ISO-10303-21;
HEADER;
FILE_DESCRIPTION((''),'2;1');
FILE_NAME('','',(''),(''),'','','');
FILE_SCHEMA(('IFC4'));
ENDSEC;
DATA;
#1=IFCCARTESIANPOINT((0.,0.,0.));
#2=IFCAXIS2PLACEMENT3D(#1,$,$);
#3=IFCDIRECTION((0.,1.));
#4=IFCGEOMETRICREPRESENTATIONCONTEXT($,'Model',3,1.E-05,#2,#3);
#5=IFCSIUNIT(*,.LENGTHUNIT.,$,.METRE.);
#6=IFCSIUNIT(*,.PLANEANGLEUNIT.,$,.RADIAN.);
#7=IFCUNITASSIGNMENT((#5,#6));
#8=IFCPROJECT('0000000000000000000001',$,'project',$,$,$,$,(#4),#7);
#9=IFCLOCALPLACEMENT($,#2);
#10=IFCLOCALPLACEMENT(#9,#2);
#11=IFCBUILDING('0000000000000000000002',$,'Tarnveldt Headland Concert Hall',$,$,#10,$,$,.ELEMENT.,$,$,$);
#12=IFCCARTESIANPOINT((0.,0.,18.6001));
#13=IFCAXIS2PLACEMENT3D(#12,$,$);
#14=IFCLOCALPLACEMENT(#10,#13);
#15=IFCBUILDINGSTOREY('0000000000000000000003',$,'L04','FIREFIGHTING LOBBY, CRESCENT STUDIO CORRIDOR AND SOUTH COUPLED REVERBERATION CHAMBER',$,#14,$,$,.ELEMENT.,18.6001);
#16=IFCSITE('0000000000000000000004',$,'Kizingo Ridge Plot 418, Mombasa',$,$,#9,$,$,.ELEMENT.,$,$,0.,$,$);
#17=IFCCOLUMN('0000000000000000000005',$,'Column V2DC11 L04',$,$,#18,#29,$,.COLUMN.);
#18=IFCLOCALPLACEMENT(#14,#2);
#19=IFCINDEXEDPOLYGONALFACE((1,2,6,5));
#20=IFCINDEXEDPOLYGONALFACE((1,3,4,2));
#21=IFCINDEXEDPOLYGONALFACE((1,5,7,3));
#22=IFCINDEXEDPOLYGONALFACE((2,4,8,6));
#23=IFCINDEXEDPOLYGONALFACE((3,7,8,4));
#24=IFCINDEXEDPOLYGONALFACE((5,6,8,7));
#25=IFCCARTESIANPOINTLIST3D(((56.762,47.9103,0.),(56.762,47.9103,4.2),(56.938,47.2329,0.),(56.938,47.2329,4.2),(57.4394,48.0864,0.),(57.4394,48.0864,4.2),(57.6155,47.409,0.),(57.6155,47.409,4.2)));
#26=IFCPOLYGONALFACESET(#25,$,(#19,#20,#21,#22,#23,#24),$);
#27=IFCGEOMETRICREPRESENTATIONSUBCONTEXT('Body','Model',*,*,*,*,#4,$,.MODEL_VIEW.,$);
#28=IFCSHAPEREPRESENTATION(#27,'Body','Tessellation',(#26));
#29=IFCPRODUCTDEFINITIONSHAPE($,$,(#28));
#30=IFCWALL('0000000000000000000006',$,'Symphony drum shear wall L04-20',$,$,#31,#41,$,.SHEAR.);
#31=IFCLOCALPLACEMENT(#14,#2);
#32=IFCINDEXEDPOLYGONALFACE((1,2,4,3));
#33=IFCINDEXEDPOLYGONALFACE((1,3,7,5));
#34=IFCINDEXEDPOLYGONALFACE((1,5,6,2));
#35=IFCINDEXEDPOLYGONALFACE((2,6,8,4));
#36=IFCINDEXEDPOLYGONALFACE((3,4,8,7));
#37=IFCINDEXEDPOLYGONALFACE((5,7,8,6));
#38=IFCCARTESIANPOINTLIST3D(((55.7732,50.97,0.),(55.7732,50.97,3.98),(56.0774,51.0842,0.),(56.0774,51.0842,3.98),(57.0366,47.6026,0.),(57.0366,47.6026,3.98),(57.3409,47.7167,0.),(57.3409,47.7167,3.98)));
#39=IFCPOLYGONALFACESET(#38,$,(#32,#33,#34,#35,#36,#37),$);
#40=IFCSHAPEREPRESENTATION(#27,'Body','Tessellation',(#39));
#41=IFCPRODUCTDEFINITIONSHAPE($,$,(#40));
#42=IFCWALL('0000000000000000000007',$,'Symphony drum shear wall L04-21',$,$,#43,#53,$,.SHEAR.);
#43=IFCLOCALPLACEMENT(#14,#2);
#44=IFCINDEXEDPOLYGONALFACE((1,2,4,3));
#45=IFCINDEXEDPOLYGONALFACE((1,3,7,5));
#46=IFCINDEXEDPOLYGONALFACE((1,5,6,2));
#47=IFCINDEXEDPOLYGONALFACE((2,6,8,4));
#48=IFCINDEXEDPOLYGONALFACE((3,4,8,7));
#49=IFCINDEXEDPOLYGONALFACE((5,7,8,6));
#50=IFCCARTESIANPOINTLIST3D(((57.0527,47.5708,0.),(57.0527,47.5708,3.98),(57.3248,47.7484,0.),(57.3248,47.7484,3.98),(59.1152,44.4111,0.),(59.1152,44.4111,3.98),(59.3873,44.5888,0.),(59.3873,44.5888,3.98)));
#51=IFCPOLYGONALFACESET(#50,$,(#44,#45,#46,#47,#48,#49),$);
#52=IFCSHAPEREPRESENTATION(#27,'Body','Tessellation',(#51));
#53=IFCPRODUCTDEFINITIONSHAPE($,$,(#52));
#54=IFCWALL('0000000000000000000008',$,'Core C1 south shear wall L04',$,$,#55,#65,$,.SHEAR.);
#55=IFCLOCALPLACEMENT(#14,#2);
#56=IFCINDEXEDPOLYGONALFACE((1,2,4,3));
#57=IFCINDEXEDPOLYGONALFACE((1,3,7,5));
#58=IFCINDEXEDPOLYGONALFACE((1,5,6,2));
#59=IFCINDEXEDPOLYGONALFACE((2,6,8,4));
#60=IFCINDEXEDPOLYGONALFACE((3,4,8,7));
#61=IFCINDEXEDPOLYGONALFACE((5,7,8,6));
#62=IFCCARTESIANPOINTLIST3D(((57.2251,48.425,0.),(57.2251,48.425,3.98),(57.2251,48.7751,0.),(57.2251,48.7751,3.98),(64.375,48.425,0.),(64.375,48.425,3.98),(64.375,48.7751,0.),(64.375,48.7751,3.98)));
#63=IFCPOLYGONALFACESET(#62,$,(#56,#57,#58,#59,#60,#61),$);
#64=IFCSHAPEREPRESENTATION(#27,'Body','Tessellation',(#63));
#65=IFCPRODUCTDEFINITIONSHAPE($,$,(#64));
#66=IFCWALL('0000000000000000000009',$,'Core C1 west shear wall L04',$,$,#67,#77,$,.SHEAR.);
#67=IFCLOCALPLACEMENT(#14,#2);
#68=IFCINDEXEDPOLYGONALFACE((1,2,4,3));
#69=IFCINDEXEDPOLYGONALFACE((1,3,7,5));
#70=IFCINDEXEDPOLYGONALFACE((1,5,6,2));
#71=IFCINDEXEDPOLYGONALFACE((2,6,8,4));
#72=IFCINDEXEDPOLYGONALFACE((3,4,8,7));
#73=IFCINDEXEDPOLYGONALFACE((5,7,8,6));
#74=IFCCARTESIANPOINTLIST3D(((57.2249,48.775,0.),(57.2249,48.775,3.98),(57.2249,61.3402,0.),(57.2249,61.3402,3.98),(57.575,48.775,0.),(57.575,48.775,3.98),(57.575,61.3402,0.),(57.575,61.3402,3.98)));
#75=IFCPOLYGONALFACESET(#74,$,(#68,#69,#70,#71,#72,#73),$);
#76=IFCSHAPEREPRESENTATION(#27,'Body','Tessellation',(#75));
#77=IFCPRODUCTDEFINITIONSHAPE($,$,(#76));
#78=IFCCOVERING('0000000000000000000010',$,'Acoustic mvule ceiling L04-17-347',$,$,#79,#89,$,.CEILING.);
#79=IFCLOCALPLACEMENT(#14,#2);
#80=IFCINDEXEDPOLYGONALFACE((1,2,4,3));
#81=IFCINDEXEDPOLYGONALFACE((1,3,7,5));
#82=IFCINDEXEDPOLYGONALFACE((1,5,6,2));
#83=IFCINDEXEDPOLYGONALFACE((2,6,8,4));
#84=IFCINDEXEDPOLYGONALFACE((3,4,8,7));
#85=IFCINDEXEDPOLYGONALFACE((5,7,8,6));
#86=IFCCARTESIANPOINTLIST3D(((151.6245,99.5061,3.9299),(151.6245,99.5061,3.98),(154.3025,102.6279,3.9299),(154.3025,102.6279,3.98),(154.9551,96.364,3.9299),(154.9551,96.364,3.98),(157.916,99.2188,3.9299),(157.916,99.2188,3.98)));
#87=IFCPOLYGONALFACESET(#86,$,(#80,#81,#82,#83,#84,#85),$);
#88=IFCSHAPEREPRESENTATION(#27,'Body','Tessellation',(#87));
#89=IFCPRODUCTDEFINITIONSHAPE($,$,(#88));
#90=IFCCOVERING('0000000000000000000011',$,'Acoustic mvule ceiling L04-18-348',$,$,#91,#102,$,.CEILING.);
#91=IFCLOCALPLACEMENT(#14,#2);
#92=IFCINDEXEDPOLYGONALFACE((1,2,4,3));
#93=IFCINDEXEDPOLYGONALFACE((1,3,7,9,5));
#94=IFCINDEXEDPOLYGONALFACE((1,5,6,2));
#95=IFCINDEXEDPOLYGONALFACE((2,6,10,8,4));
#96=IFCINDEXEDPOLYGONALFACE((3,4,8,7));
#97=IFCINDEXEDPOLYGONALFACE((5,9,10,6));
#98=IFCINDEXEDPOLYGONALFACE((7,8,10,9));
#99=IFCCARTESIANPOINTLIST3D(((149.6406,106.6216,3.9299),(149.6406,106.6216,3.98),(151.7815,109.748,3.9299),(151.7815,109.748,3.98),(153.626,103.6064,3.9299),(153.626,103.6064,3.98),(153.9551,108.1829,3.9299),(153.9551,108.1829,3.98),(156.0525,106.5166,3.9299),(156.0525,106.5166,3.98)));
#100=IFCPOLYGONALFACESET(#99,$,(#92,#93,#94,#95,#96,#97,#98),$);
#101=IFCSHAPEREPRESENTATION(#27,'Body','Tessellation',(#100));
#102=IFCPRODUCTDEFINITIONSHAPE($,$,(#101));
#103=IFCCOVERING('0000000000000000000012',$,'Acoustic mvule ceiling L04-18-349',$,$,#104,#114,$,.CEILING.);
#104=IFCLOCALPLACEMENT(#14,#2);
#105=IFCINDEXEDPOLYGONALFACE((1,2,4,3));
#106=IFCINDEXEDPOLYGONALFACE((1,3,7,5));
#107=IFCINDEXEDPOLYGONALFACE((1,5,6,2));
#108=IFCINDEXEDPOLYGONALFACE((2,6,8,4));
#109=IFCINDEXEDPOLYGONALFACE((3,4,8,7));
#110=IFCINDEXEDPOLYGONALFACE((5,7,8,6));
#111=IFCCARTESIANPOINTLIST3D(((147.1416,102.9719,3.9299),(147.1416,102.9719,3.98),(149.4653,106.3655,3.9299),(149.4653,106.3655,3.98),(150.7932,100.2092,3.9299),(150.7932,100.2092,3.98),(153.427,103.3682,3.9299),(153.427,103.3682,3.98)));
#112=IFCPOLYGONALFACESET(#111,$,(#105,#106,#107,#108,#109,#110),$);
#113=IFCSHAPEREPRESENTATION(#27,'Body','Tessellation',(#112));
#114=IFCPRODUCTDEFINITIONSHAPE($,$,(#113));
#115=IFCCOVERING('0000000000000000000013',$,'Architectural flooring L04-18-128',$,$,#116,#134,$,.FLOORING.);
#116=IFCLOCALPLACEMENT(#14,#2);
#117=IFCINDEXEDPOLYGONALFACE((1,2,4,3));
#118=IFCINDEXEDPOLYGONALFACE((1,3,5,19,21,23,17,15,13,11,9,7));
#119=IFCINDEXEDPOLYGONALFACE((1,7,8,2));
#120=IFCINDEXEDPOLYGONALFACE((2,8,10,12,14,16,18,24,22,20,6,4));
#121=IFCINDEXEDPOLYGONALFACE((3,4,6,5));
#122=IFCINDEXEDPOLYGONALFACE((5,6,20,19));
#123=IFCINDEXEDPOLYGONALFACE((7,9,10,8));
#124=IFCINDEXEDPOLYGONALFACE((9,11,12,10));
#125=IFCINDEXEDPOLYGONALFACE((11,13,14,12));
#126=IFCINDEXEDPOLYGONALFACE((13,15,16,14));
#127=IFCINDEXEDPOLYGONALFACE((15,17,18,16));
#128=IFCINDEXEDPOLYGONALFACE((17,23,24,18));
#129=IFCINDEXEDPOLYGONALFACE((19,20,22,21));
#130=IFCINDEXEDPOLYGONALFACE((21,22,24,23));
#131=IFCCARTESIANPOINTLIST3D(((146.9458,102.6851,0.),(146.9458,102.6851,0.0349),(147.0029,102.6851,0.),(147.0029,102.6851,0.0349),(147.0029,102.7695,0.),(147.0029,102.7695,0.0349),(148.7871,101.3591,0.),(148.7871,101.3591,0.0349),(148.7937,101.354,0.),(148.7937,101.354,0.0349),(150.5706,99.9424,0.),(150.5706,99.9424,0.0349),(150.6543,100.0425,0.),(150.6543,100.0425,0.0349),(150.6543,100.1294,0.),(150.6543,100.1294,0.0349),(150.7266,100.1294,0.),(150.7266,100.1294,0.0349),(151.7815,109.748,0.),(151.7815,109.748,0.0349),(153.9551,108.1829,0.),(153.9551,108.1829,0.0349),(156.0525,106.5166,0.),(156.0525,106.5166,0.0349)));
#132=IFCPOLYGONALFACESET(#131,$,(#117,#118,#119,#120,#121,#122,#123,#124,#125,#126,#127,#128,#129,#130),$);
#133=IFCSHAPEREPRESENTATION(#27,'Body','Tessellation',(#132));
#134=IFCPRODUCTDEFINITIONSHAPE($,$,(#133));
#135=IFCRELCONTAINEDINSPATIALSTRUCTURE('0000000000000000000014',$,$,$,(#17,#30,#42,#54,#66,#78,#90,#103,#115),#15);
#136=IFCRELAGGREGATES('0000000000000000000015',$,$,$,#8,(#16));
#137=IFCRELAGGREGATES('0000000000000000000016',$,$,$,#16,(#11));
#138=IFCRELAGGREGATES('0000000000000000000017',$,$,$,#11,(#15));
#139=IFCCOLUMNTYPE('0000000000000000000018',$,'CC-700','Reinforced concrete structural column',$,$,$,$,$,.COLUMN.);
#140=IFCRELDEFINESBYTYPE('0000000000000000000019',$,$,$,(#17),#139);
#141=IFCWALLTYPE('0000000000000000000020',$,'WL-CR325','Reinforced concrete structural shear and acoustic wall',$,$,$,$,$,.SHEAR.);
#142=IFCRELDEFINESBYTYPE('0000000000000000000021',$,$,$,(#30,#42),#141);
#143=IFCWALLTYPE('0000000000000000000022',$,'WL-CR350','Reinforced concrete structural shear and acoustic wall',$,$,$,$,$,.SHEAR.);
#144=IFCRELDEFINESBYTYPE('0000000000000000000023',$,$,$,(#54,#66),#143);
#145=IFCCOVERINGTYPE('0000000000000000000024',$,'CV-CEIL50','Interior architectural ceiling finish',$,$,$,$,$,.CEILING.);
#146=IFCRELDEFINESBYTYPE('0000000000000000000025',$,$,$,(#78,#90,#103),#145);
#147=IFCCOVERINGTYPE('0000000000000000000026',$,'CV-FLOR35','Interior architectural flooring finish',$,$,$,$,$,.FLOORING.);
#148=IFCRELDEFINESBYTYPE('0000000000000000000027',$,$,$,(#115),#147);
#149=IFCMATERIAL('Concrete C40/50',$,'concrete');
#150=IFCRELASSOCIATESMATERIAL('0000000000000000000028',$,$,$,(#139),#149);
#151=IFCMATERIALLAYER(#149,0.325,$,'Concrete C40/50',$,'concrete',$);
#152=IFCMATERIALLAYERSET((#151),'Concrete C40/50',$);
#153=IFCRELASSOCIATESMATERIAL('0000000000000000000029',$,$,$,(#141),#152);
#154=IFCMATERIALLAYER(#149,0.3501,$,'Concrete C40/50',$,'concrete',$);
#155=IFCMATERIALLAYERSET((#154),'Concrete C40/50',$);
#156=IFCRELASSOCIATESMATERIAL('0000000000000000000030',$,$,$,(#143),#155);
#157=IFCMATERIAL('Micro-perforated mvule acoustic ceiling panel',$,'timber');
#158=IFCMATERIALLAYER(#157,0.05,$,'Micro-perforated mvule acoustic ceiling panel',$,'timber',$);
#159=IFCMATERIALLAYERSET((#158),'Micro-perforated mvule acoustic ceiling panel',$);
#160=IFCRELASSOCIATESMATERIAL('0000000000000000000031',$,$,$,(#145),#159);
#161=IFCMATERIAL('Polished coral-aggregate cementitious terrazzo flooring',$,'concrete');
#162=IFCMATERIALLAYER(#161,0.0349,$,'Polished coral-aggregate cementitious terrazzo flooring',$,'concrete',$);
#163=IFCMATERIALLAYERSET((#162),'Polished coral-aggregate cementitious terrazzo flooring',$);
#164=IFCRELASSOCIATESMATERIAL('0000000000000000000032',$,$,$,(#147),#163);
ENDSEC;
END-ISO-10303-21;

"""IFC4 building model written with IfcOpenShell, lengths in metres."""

from ifc_helpers import new_model, si_unit, direction, frame, frame_2d, origin, origin_2d, place, context, subcontext, project, spatial, polyline, rectangle, outline, extrude, material, layer, layer_set, material_profile, profile_set, type_object, element, save


model = new_model("IFC4")

# Units and contexts
model_context = context("Model", 3, precision=1e-05, world=origin(), true_north=direction((0.0, 1.0)))
body_context = subcontext(model_context, "Body", "Model", "MODEL_VIEW")
ifc_project = project(units=[si_unit("LENGTHUNIT", "METRE"), si_unit("PLANEANGLEUNIT", "RADIAN")], contexts=[model_context])

# Site, building, storey
site_placement = place(None, origin())
site = spatial("IfcSite", under=ifc_project, at=site_placement, Name="Kizingo Ridge Plot 418, Mombasa", CompositionType="ELEMENT", RefElevation=0.0)
building_placement = place(site_placement, origin())
building = spatial("IfcBuilding", under=site, at=building_placement, Name="Tarnveldt Headland Concert Hall", CompositionType="ELEMENT")
storey_placement = place(building_placement, frame((0.0, 0.0, 18.6001)))
storey = spatial("IfcBuildingStorey", under=building, at=storey_placement, Name="L04", Description="FIREFIGHTING LOBBY, CRESCENT STUDIO CORRIDOR AND SOUTH COUPLED REVERBERATION CHAMBER", CompositionType="ELEMENT", Elevation=18.6001)

# Column
ifc_material_1 = material(Name="Concrete C40/50", Category="concrete")
ifc_material_profile = material_profile(ifc_material_1, rectangle(XDim=0.7, YDim=0.7, at=origin_2d()), Name="RC 700x700", Category="concrete")
ifc_profile_set = profile_set([ifc_material_profile], Name="Concrete C40/50")
column_type = type_object("IfcColumnType", Name="CC-700", Description="Reinforced concrete structural column", PredefinedType="COLUMN", material=ifc_profile_set)
column_placement = place(storey_placement, frame((57.1887, 47.6597, 0.0), z_axis=(0.0, 0.0, 1.0), x_axis=(-0.967841, -0.251563, 0.0)))
element("IfcColumn", 1, at=column_placement, inside=storey, type_object=column_type, Name="Column V2DC11 L04", PredefinedType="COLUMN", context=body_context, shape_type="SweptSolid", body=[
    extrude(rectangle(XDim=0.7, YDim=0.7, at=origin_2d()), origin(), (0.0, 0.0, 1.0), 4.2),
])

# Walls
ifc_layer_1 = layer(ifc_material_1, 0.325, Name="Concrete C40/50", Category="concrete")
ifc_layer_set_1 = layer_set([ifc_layer_1], Name="Concrete C40/50")
wall_type_1 = type_object("IfcWallType", Name="WL-CR325", Description="Reinforced concrete structural shear and acoustic wall", PredefinedType="SHEAR", material=ifc_layer_set_1)
wall_1_placement = place(storey_placement, frame((55.9253, 51.0271, 0.0), z_axis=(0.0, 0.0, 1.0), x_axis=(0.35128, -0.936271, 0.0)))
element("IfcWall", 2, at=wall_1_placement, inside=storey, type_object=wall_type_1, Name="Symphony drum shear wall L04-20", PredefinedType="SHEAR", context=body_context, shape_type="SweptSolid", body=[
    extrude(rectangle(XDim=3.5967, YDim=0.325, at=frame_2d((1.7983, 0.0))), origin(), (0.0, 0.0, 1.0), 3.98),
])
wall_2_placement = place(storey_placement, frame((57.1887, 47.6597, 0.0), z_axis=(0.0, 0.0, 1.0), x_axis=(0.546611, -0.837387, 0.0)))
element("IfcWall", 3, at=wall_2_placement, inside=storey, type_object=wall_type_1, Name="Symphony drum shear wall L04-21", PredefinedType="SHEAR", context=body_context, shape_type="SweptSolid", body=[
    extrude(rectangle(XDim=3.7732, YDim=0.325, at=frame_2d((1.8867, 0.0))), origin(), (0.0, 0.0, 1.0), 3.98),
])
ifc_layer_2 = layer(ifc_material_1, 0.3501, Name="Concrete C40/50", Category="concrete")
ifc_layer_set_2 = layer_set([ifc_layer_2], Name="Concrete C40/50")
wall_type_2 = type_object("IfcWallType", Name="WL-CR350", Description="Reinforced concrete structural shear and acoustic wall", PredefinedType="SHEAR", material=ifc_layer_set_2)
wall_3_placement = place(storey_placement, frame((57.2251, 48.6001, 0.0), z_axis=(0.0, 0.0, 1.0), x_axis=(1.0, 0.0, 0.0)))
element("IfcWall", 4, at=wall_3_placement, inside=storey, type_object=wall_type_2, Name="Core C1 south shear wall L04", PredefinedType="SHEAR", context=body_context, shape_type="SweptSolid", body=[
    extrude(rectangle(XDim=7.1499, YDim=0.3501, at=frame_2d((3.575, 0.0))), origin(), (0.0, 0.0, 1.0), 3.98),
])
wall_4_placement = place(storey_placement, frame((57.3999, 48.7749, 0.0), z_axis=(0.0, 0.0, 1.0), x_axis=(0.0, 1.0, 0.0)))
element("IfcWall", 5, at=wall_4_placement, inside=storey, type_object=wall_type_2, Name="Core C1 west shear wall L04", PredefinedType="SHEAR", context=body_context, shape_type="SweptSolid", body=[
    extrude(rectangle(XDim=12.5652, YDim=0.3501, at=frame_2d((6.2827, 0.0))), origin(), (0.0, 0.0, 1.0), 3.98),
])

# Coverings
ifc_material_2 = material(Name="Micro-perforated mvule acoustic ceiling panel", Category="timber")
ifc_layer_3 = layer(ifc_material_2, 0.05, Name="Micro-perforated mvule acoustic ceiling panel", Category="timber")
ifc_layer_set_3 = layer_set([ifc_layer_3], Name="Micro-perforated mvule acoustic ceiling panel")
covering_type_1 = type_object("IfcCoveringType", Name="CV-CEIL50", Description="Interior architectural ceiling finish", PredefinedType="CEILING", material=ifc_layer_set_3)
covering_1_placement = place(storey_placement, frame((0.0, 0.0, 3.9299)))
element("IfcCovering", 6, at=covering_1_placement, inside=storey, type_object=covering_type_1, Name="Acoustic mvule ceiling L04-17-347", PredefinedType="CEILING", context=body_context, shape_type="SweptSolid", body=[
    extrude(outline(polyline([(151.6245, 99.5061), (154.3025, 102.6279), (157.916, 99.2188), (154.9551, 96.364), (151.6245, 99.5061)])), origin(), (0.0, 0.0, 1.0), 0.05),
])
covering_2_placement = place(storey_placement, frame((0.0, 0.0, 3.9299)))
element("IfcCovering", 7, at=covering_2_placement, inside=storey, type_object=covering_type_1, Name="Acoustic mvule ceiling L04-18-348", PredefinedType="CEILING", context=body_context, shape_type="SweptSolid", body=[
    extrude(outline(polyline([(156.0525, 106.5166), (153.626, 103.6064), (149.6406, 106.6216), (151.7815, 109.748), (153.9551, 108.1829), (156.0525, 106.5166)])), origin(), (0.0, 0.0, 1.0), 0.05),
])
covering_3_placement = place(storey_placement, frame((0.0, 0.0, 3.9299)))
element("IfcCovering", 8, at=covering_3_placement, inside=storey, type_object=covering_type_1, Name="Acoustic mvule ceiling L04-18-349", PredefinedType="CEILING", context=body_context, shape_type="SweptSolid", body=[
    extrude(outline(polyline([(147.1416, 102.9719), (149.4653, 106.3655), (153.427, 103.3682), (150.7932, 100.2092), (147.1416, 102.9719)])), origin(), (0.0, 0.0, 1.0), 0.05),
])
ifc_material_3 = material(Name="Polished coral-aggregate cementitious terrazzo flooring", Category="concrete")
ifc_layer_4 = layer(ifc_material_3, 0.0349, Name="Polished coral-aggregate cementitious terrazzo flooring", Category="concrete")
ifc_layer_set_4 = layer_set([ifc_layer_4], Name="Polished coral-aggregate cementitious terrazzo flooring")
covering_type_2 = type_object("IfcCoveringType", Name="CV-FLOR35", Description="Interior architectural flooring finish", PredefinedType="FLOORING", material=ifc_layer_set_4)
covering_4_placement = place(storey_placement, origin())
element("IfcCovering", 9, at=covering_4_placement, inside=storey, type_object=covering_type_2, Name="Architectural flooring L04-18-128", PredefinedType="FLOORING", context=body_context, shape_type="SweptSolid", body=[
    extrude(outline(polyline([(150.6543, 100.0425), (150.5706, 99.9424), (148.7937, 101.354), (148.7871, 101.3591), (146.9458, 102.6851), (147.0029, 102.6851), (147.0029, 102.7695), (151.7815, 109.748), (153.9551, 108.1829), (156.0525, 106.5166), (150.7266, 100.1294), (150.6543, 100.1294), (150.6543, 100.0425)])), origin(), (0.0, 0.0, 1.0), 0.0349),
])

save(model, "model.ifc")
